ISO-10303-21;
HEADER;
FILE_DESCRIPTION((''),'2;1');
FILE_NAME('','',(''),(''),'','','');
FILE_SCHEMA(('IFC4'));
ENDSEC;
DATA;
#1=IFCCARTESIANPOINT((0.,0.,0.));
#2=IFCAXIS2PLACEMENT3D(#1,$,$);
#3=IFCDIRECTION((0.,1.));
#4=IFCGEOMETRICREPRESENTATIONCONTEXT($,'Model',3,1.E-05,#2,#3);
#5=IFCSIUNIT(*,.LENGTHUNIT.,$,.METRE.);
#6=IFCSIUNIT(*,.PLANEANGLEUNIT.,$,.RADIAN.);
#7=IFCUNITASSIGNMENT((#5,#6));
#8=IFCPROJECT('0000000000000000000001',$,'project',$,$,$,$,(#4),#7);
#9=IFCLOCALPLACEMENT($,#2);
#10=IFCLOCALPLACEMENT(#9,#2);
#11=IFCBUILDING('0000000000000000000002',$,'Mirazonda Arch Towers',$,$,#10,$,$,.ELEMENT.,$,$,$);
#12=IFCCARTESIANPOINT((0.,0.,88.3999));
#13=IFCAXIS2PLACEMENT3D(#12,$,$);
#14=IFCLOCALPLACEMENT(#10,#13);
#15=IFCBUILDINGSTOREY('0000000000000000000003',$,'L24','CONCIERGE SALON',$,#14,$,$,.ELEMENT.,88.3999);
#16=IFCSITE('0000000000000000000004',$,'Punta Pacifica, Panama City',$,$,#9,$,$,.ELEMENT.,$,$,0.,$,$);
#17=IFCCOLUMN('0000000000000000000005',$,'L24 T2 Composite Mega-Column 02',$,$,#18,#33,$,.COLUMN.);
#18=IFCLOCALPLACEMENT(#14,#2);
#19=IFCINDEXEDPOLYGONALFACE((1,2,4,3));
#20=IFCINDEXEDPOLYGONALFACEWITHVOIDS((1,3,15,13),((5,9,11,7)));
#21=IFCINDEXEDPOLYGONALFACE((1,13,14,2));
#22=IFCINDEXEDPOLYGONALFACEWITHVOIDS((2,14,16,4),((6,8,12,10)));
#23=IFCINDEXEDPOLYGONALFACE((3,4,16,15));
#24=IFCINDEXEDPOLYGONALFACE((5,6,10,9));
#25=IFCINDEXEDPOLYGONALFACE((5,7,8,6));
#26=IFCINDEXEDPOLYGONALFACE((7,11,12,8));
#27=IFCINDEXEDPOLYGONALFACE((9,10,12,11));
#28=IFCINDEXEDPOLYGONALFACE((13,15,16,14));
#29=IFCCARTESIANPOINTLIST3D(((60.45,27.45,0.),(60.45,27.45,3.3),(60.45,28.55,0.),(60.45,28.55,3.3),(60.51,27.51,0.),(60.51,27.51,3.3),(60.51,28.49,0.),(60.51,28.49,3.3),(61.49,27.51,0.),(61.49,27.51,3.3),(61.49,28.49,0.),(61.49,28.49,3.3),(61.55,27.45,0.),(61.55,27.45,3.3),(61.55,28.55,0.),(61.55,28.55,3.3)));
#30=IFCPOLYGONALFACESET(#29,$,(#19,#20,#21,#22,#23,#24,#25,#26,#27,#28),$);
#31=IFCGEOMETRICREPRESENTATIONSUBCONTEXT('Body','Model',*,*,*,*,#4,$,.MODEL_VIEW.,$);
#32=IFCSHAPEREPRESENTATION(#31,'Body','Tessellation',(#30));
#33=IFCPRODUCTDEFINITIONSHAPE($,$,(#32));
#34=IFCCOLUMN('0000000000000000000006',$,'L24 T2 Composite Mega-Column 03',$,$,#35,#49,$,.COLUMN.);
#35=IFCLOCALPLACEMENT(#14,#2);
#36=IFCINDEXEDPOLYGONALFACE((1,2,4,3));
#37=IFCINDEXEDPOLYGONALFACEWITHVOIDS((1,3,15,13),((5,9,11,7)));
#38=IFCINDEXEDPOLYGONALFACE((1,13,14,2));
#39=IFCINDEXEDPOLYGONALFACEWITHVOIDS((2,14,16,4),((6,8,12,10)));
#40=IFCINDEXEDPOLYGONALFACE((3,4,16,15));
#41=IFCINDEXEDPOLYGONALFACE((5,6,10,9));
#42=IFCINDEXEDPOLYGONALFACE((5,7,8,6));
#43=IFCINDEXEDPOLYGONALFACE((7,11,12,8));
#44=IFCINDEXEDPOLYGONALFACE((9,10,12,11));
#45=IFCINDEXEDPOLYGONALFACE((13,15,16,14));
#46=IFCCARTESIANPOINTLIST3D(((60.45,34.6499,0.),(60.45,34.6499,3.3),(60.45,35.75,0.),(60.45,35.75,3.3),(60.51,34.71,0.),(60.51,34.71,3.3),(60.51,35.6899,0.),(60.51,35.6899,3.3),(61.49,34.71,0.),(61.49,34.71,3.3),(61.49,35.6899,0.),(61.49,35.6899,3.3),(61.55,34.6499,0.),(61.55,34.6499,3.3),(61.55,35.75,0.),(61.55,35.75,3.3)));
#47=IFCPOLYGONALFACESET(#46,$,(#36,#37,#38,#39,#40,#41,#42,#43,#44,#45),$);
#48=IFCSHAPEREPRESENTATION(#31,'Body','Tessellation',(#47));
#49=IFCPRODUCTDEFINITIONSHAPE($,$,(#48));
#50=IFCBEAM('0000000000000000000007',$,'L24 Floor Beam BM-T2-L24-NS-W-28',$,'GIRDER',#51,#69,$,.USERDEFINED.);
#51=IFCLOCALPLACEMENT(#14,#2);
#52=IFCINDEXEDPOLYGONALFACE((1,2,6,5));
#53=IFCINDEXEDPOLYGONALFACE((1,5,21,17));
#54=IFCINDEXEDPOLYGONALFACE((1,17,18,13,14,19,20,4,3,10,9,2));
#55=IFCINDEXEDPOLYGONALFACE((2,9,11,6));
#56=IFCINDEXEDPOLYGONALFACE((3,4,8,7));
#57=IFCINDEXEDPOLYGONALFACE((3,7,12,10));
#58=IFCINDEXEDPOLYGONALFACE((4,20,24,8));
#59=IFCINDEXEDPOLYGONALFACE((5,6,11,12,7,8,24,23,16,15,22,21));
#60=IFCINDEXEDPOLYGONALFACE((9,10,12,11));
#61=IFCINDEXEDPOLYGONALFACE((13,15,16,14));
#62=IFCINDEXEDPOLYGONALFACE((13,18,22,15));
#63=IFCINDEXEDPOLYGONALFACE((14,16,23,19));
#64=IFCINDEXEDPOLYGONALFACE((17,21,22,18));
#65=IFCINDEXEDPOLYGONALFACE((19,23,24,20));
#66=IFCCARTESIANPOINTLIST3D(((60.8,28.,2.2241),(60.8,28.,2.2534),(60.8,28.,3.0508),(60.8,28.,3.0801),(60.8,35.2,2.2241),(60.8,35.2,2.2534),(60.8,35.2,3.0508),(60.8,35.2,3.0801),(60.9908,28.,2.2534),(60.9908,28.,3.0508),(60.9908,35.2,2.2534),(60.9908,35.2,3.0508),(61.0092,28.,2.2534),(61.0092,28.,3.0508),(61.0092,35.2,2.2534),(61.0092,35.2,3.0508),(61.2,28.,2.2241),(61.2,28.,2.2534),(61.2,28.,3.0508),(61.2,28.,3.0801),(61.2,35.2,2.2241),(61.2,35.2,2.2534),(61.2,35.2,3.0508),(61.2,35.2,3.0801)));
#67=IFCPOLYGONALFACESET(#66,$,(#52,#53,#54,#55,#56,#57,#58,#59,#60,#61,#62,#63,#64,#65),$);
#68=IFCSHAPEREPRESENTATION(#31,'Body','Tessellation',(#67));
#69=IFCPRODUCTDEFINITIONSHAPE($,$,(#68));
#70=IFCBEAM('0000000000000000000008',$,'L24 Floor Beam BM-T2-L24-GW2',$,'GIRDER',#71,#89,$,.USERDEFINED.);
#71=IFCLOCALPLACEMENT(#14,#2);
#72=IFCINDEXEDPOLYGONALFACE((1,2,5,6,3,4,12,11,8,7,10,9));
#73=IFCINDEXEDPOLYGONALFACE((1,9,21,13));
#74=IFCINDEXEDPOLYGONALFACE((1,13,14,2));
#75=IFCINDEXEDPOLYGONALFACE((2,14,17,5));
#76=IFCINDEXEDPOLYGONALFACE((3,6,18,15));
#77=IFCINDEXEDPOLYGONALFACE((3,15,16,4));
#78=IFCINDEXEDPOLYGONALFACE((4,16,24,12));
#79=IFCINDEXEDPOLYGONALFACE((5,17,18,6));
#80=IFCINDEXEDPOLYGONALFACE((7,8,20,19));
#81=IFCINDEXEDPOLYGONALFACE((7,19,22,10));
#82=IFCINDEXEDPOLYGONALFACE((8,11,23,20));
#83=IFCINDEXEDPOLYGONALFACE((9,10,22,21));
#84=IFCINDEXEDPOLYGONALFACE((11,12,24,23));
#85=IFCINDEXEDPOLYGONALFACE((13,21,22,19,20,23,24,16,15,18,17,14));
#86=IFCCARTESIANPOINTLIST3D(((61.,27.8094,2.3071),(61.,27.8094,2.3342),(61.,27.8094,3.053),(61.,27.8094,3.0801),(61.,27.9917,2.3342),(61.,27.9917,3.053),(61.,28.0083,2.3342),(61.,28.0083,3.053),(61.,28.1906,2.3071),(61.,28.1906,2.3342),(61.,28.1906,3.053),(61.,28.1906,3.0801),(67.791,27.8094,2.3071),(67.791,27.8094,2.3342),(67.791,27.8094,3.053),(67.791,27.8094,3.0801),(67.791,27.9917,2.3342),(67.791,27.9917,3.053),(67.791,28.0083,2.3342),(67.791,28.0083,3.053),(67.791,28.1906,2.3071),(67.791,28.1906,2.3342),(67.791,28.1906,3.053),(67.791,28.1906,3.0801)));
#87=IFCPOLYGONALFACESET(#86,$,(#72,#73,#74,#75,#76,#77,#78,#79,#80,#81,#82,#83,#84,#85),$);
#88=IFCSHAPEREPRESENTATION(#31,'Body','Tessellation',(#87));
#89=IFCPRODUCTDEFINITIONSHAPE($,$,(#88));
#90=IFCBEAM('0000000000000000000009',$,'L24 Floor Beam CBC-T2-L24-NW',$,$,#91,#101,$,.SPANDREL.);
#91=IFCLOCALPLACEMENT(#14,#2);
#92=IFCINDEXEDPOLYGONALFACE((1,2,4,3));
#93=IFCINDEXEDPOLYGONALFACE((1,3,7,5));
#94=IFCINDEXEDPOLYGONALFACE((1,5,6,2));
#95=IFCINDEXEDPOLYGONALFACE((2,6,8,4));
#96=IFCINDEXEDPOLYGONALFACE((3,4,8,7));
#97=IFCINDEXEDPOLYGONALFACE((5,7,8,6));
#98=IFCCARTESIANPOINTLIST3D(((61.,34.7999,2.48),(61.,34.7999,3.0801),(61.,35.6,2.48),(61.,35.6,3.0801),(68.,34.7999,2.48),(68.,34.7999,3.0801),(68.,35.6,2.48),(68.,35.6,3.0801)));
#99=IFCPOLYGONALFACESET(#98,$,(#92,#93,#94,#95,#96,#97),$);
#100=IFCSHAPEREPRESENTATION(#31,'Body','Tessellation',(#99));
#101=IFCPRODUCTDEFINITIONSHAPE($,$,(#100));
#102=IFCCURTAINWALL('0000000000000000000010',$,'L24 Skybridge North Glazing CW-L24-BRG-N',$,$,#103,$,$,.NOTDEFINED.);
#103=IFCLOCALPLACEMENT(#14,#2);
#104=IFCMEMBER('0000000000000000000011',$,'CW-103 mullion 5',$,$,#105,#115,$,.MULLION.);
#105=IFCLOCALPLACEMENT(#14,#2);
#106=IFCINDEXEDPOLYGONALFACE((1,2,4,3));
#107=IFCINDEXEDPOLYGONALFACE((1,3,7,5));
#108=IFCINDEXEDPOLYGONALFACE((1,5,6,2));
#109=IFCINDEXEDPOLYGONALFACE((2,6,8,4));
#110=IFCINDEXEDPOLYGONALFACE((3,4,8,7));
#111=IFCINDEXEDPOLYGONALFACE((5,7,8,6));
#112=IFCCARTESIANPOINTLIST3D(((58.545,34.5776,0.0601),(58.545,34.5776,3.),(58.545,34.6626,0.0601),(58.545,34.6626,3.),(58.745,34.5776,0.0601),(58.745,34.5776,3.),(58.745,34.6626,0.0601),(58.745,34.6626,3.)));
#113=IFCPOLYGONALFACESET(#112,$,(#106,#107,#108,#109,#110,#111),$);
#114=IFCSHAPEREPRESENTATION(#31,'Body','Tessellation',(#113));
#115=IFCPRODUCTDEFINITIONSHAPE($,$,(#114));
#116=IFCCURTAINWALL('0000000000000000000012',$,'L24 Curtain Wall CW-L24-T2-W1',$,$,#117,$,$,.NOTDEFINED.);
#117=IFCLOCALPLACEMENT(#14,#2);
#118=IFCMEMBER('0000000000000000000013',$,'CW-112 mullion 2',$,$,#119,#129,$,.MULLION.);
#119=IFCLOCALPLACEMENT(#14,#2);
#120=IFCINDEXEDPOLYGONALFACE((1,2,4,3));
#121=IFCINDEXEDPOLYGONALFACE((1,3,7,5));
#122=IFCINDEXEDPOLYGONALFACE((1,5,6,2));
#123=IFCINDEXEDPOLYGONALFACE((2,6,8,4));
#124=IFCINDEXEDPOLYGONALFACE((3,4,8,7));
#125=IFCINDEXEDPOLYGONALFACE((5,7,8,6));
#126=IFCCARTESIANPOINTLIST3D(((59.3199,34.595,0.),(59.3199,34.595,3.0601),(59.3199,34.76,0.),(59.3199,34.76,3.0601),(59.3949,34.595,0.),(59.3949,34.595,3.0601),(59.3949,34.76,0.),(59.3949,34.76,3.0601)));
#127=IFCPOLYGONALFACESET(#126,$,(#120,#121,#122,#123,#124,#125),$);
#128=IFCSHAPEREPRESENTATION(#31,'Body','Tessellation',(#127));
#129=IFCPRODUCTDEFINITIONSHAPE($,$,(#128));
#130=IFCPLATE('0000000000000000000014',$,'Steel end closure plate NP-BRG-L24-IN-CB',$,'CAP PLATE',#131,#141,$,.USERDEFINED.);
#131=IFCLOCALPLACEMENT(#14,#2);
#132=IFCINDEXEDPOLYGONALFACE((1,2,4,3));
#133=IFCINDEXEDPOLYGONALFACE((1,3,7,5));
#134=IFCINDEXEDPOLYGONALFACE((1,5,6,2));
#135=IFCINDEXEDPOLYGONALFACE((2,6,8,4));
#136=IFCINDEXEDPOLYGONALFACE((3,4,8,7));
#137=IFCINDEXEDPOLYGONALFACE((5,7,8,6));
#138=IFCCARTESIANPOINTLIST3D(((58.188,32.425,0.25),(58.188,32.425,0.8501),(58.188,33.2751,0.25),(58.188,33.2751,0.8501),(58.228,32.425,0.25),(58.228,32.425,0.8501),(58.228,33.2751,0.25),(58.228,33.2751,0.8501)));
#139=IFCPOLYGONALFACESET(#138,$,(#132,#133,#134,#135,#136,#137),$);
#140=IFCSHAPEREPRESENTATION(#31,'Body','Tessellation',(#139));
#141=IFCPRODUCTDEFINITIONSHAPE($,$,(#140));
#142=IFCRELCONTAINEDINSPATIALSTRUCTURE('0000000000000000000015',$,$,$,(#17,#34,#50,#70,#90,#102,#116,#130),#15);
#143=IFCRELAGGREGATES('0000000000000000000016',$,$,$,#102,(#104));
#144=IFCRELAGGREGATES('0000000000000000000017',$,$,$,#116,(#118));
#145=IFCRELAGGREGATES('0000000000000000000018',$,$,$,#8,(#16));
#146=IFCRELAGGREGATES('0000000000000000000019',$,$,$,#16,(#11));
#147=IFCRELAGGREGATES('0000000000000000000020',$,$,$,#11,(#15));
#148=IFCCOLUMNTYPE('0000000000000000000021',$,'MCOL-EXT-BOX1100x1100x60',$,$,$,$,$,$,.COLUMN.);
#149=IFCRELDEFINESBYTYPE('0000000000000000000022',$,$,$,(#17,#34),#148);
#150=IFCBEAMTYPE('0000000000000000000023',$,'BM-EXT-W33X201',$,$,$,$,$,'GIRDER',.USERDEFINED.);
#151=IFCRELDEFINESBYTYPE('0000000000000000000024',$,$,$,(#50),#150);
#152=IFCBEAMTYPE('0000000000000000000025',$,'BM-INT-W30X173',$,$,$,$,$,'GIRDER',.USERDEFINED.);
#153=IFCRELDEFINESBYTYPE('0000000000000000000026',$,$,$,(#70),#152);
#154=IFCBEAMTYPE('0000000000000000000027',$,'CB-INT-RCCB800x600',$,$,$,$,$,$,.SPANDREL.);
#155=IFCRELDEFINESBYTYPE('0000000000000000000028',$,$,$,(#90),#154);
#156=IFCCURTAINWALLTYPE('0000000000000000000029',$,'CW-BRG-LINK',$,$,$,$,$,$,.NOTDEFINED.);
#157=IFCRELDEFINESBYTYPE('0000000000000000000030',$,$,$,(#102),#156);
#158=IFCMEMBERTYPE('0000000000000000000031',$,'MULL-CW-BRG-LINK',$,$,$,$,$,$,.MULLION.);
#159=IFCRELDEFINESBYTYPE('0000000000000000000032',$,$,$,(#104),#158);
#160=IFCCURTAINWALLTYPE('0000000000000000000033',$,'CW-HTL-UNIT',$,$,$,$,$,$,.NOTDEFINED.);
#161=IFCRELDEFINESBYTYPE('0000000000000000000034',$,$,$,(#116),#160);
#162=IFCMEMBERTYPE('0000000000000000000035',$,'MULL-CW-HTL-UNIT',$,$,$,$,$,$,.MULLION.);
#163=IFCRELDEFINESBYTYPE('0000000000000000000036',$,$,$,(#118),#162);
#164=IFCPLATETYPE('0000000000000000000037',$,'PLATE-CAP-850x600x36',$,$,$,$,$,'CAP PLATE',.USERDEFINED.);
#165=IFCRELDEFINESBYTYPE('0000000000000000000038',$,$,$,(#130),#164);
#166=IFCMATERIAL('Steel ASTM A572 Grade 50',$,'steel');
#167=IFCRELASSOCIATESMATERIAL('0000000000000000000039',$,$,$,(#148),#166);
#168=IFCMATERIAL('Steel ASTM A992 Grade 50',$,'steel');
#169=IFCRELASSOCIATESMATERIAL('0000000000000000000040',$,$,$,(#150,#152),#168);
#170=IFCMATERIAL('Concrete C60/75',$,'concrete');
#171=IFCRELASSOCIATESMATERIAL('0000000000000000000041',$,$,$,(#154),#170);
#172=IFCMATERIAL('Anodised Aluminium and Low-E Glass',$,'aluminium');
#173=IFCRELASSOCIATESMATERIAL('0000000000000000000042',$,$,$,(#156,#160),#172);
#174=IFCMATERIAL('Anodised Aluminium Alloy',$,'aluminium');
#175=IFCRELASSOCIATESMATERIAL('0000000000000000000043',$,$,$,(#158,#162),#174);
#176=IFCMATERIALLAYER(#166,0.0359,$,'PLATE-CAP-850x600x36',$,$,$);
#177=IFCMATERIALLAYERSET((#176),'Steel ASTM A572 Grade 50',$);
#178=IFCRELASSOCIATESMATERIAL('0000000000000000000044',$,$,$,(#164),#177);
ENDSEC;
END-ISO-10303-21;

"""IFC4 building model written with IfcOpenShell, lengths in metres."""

from ifc_helpers import new_model, si_unit, direction, frame, origin, origin_2d, place, context, subcontext, project, spatial, rectangle, hollow_rectangle, i_section, extrude, material, layer, layer_set, material_profile, profile_set, type_object, element, aggregate, save


model = new_model("IFC4")

# Units and contexts
model_context = context("Model", 3, precision=1e-05, world=origin(), true_north=direction((0.0, 1.0)))
body_context = subcontext(model_context, "Body", "Model", "MODEL_VIEW")
ifc_project = project(units=[si_unit("LENGTHUNIT", "METRE"), si_unit("PLANEANGLEUNIT", "RADIAN")], contexts=[model_context])

# Site, building, storey
site_placement = place(None, origin())
site = spatial("IfcSite", under=ifc_project, at=site_placement, Name="Punta Pacifica, Panama City", CompositionType="ELEMENT", RefElevation=0.0)
building_placement = place(site_placement, origin())
building = spatial("IfcBuilding", under=site, at=building_placement, Name="Mirazonda Arch Towers", CompositionType="ELEMENT")
storey_placement = place(building_placement, frame((0.0, 0.0, 88.3999)))
storey = spatial("IfcBuildingStorey", under=building, at=storey_placement, Name="L24", Description="CONCIERGE SALON", CompositionType="ELEMENT", Elevation=88.3999)

# Columns
ifc_material_1 = material(Name="Steel ASTM A572 Grade 50", Category="steel")
ifc_material_profile_1 = material_profile(ifc_material_1, hollow_rectangle(XDim=1.1001, YDim=1.1001, WallThickness=0.0601, at=origin_2d()), Name="BOX1100x1100x60")
ifc_profile_set_1 = profile_set([ifc_material_profile_1], Name="Steel ASTM A572 Grade 50")
column_type = type_object("IfcColumnType", Name="MCOL-EXT-BOX1100x1100x60", PredefinedType="COLUMN", material=ifc_profile_set_1)
for number, where, z_axis, x_axis, name in (
    (1, (61.0, 28.0, 0.0), (0.0, 0.0, 1.0), (1.0, 0.0, 0.0), "L24 T2 Composite Mega-Column 02"),
    (2, (61.0, 35.2, 0.0), (0.0, 0.0, 1.0), (1.0, 0.0, 0.0), "L24 T2 Composite Mega-Column 03"),
):
    element("IfcColumn", number, at=place(storey_placement, frame(where, z_axis=z_axis, x_axis=x_axis)), inside=storey, type_object=column_type, Name=name, PredefinedType="COLUMN", context=body_context, shape_type="SweptSolid", body=[
        extrude(hollow_rectangle(XDim=1.1001, YDim=1.1001, WallThickness=0.0601, at=origin_2d()), origin(), (0.0, 0.0, 1.0), 3.3),
    ])

# Beams
ifc_material_2 = material(Name="Steel ASTM A992 Grade 50", Category="steel")
ifc_material_profile_2 = material_profile(ifc_material_2, i_section(OverallWidth=0.3999, OverallDepth=0.856, WebThickness=0.0183, FlangeThickness=0.0293, at=origin_2d()), Name="W33X201")
ifc_profile_set_2 = profile_set([ifc_material_profile_2], Name="Steel ASTM A992 Grade 50")
beam_type_1 = type_object("IfcBeamType", Name="BM-EXT-W33X201", ElementType="GIRDER", PredefinedType="USERDEFINED", material=ifc_profile_set_2)
beam_1_placement = place(storey_placement, frame((61.0, 28.0, 2.6521), z_axis=(0.0, 1.0, 0.0), x_axis=(-1.0, 0.0, 0.0)))
element("IfcBeam", 3, at=beam_1_placement, inside=storey, type_object=beam_type_1, Name="L24 Floor Beam BM-T2-L24-NS-W-28", ObjectType="GIRDER", PredefinedType="USERDEFINED", context=body_context, shape_type="SweptSolid", body=[
    extrude(i_section(OverallWidth=0.3999, OverallDepth=0.856, WebThickness=0.0183, FlangeThickness=0.0293, at=origin_2d()), origin(), (0.0, 0.0, 1.0), 7.2),
])
ifc_material_profile_3 = material_profile(ifc_material_2, i_section(OverallWidth=0.3811, OverallDepth=0.7729, WebThickness=0.0166, FlangeThickness=0.0271, at=origin_2d()), Name="W30X173")
ifc_profile_set_3 = profile_set([ifc_material_profile_3], Name="Steel ASTM A992 Grade 50")
beam_type_2 = type_object("IfcBeamType", Name="BM-INT-W30X173", ElementType="GIRDER", PredefinedType="USERDEFINED", material=ifc_profile_set_3)
beam_2_placement = place(storey_placement, frame((61.0, 28.0, 2.6936), z_axis=(1.0, 0.0, 0.0), x_axis=(0.0, 1.0, 0.0)))
element("IfcBeam", 4, at=beam_2_placement, inside=storey, type_object=beam_type_2, Name="L24 Floor Beam BM-T2-L24-GW2", ObjectType="GIRDER", PredefinedType="USERDEFINED", context=body_context, shape_type="SweptSolid", body=[
    extrude(i_section(OverallWidth=0.3811, OverallDepth=0.7729, WebThickness=0.0166, FlangeThickness=0.0271, at=origin_2d()), origin(), (0.0, 0.0, 1.0), 6.791),
])
ifc_material_3 = material(Name="Concrete C60/75", Category="concrete")
ifc_material_profile_4 = material_profile(ifc_material_3, rectangle(XDim=0.8, YDim=0.6001, at=origin_2d()), Name="RCCB800x600")
ifc_profile_set_4 = profile_set([ifc_material_profile_4], Name="Concrete C60/75")
beam_type_3 = type_object("IfcBeamType", Name="CB-INT-RCCB800x600", PredefinedType="SPANDREL", material=ifc_profile_set_4)
beam_3_placement = place(storey_placement, frame((61.0, 35.2, 2.78), z_axis=(1.0, 0.0, 0.0), x_axis=(0.0, 1.0, 0.0)))
element("IfcBeam", 5, at=beam_3_placement, inside=storey, type_object=beam_type_3, Name="L24 Floor Beam CBC-T2-L24-NW", PredefinedType="SPANDREL", context=body_context, shape_type="SweptSolid", body=[
    extrude(rectangle(XDim=0.8, YDim=0.6001, at=origin_2d()), origin(), (0.0, 0.0, 1.0), 7.0),
])

# Curtain walls, members
ifc_material_4 = material(Name="Anodised Aluminium and Low-E Glass", Category="aluminium")
curtain_wall_type_1 = type_object("IfcCurtainWallType", Name="CW-BRG-LINK", PredefinedType="NOTDEFINED", material=ifc_material_4)
curtain_wall_1_placement = place(storey_placement, origin())
curtain_wall_1 = element("IfcCurtainWall", 6, at=curtain_wall_1_placement, inside=storey, type_object=curtain_wall_type_1, Name="L24 Skybridge North Glazing CW-L24-BRG-N", PredefinedType="NOTDEFINED")
ifc_material_5 = material(Name="Anodised Aluminium Alloy", Category="aluminium")
ifc_material_profile_5 = material_profile(ifc_material_5, rectangle(XDim=0.085, YDim=0.2, at=origin_2d()), Name="ALU-MULL-85x200")
ifc_profile_set_5 = profile_set([ifc_material_profile_5], Name="Anodised Aluminium Alloy")
member_type_1 = type_object("IfcMemberType", Name="MULL-CW-BRG-LINK", PredefinedType="MULLION", material=ifc_profile_set_5)
member_1_placement = place(storey_placement, frame((58.645, 34.6201, 0.0601), z_axis=(0.0, 0.0, 1.0), x_axis=(0.0, 1.0, 0.0)))
member_1 = element("IfcMember", 7, at=member_1_placement, type_object=member_type_1, Name="CW-103 mullion 5", PredefinedType="MULLION", context=body_context, shape_type="SweptSolid", body=[
    extrude(rectangle(XDim=0.085, YDim=0.2, at=origin_2d()), origin(), (0.0, 0.0, 1.0), 2.9399),
])
aggregate(curtain_wall_1, [member_1])
curtain_wall_type_2 = type_object("IfcCurtainWallType", Name="CW-HTL-UNIT", PredefinedType="NOTDEFINED", material=ifc_material_4)
curtain_wall_2_placement = place(storey_placement, origin())
curtain_wall_2 = element("IfcCurtainWall", 8, at=curtain_wall_2_placement, inside=storey, type_object=curtain_wall_type_2, Name="L24 Curtain Wall CW-L24-T2-W1", PredefinedType="NOTDEFINED")
ifc_material_profile_6 = material_profile(ifc_material_5, rectangle(XDim=0.075, YDim=0.165, at=origin_2d()), Name="ALU-MULL-75x165")
ifc_profile_set_6 = profile_set([ifc_material_profile_6], Name="Anodised Aluminium Alloy")
member_type_2 = type_object("IfcMemberType", Name="MULL-CW-HTL-UNIT", PredefinedType="MULLION", material=ifc_profile_set_6)
member_2_placement = place(storey_placement, frame((59.3574, 34.6775, 0.0), z_axis=(0.0, 0.0, 1.0), x_axis=(1.0, 0.0, 0.0)))
member_2 = element("IfcMember", 9, at=member_2_placement, type_object=member_type_2, Name="CW-112 mullion 2", PredefinedType="MULLION", context=body_context, shape_type="SweptSolid", body=[
    extrude(rectangle(XDim=0.075, YDim=0.165, at=origin_2d()), origin(), (0.0, 0.0, 1.0), 3.0601),
])
aggregate(curtain_wall_2, [member_2])

# Plate
ifc_layer_1 = layer(ifc_material_1, 0.0359, Name="PLATE-CAP-850x600x36")
ifc_layer_set_1 = layer_set([ifc_layer_1], Name="Steel ASTM A572 Grade 50")
plate_type = type_object("IfcPlateType", Name="PLATE-CAP-850x600x36", ElementType="CAP PLATE", PredefinedType="USERDEFINED", material=ifc_layer_set_1)
plate_placement = place(storey_placement, frame((58.208, 32.8501, 0.25), z_axis=(0.0, 0.0, 1.0), x_axis=(1.0, 0.0, 0.0)))
element("IfcPlate", 10, at=plate_placement, inside=storey, type_object=plate_type, Name="Steel end closure plate NP-BRG-L24-IN-CB", ObjectType="CAP PLATE", PredefinedType="USERDEFINED", context=body_context, shape_type="SweptSolid", body=[
    extrude(rectangle(XDim=0.04, YDim=0.8501, at=origin_2d()), origin(), (0.0, 0.0, 1.0), 0.6001),
])

save(model, "model.ifc")
